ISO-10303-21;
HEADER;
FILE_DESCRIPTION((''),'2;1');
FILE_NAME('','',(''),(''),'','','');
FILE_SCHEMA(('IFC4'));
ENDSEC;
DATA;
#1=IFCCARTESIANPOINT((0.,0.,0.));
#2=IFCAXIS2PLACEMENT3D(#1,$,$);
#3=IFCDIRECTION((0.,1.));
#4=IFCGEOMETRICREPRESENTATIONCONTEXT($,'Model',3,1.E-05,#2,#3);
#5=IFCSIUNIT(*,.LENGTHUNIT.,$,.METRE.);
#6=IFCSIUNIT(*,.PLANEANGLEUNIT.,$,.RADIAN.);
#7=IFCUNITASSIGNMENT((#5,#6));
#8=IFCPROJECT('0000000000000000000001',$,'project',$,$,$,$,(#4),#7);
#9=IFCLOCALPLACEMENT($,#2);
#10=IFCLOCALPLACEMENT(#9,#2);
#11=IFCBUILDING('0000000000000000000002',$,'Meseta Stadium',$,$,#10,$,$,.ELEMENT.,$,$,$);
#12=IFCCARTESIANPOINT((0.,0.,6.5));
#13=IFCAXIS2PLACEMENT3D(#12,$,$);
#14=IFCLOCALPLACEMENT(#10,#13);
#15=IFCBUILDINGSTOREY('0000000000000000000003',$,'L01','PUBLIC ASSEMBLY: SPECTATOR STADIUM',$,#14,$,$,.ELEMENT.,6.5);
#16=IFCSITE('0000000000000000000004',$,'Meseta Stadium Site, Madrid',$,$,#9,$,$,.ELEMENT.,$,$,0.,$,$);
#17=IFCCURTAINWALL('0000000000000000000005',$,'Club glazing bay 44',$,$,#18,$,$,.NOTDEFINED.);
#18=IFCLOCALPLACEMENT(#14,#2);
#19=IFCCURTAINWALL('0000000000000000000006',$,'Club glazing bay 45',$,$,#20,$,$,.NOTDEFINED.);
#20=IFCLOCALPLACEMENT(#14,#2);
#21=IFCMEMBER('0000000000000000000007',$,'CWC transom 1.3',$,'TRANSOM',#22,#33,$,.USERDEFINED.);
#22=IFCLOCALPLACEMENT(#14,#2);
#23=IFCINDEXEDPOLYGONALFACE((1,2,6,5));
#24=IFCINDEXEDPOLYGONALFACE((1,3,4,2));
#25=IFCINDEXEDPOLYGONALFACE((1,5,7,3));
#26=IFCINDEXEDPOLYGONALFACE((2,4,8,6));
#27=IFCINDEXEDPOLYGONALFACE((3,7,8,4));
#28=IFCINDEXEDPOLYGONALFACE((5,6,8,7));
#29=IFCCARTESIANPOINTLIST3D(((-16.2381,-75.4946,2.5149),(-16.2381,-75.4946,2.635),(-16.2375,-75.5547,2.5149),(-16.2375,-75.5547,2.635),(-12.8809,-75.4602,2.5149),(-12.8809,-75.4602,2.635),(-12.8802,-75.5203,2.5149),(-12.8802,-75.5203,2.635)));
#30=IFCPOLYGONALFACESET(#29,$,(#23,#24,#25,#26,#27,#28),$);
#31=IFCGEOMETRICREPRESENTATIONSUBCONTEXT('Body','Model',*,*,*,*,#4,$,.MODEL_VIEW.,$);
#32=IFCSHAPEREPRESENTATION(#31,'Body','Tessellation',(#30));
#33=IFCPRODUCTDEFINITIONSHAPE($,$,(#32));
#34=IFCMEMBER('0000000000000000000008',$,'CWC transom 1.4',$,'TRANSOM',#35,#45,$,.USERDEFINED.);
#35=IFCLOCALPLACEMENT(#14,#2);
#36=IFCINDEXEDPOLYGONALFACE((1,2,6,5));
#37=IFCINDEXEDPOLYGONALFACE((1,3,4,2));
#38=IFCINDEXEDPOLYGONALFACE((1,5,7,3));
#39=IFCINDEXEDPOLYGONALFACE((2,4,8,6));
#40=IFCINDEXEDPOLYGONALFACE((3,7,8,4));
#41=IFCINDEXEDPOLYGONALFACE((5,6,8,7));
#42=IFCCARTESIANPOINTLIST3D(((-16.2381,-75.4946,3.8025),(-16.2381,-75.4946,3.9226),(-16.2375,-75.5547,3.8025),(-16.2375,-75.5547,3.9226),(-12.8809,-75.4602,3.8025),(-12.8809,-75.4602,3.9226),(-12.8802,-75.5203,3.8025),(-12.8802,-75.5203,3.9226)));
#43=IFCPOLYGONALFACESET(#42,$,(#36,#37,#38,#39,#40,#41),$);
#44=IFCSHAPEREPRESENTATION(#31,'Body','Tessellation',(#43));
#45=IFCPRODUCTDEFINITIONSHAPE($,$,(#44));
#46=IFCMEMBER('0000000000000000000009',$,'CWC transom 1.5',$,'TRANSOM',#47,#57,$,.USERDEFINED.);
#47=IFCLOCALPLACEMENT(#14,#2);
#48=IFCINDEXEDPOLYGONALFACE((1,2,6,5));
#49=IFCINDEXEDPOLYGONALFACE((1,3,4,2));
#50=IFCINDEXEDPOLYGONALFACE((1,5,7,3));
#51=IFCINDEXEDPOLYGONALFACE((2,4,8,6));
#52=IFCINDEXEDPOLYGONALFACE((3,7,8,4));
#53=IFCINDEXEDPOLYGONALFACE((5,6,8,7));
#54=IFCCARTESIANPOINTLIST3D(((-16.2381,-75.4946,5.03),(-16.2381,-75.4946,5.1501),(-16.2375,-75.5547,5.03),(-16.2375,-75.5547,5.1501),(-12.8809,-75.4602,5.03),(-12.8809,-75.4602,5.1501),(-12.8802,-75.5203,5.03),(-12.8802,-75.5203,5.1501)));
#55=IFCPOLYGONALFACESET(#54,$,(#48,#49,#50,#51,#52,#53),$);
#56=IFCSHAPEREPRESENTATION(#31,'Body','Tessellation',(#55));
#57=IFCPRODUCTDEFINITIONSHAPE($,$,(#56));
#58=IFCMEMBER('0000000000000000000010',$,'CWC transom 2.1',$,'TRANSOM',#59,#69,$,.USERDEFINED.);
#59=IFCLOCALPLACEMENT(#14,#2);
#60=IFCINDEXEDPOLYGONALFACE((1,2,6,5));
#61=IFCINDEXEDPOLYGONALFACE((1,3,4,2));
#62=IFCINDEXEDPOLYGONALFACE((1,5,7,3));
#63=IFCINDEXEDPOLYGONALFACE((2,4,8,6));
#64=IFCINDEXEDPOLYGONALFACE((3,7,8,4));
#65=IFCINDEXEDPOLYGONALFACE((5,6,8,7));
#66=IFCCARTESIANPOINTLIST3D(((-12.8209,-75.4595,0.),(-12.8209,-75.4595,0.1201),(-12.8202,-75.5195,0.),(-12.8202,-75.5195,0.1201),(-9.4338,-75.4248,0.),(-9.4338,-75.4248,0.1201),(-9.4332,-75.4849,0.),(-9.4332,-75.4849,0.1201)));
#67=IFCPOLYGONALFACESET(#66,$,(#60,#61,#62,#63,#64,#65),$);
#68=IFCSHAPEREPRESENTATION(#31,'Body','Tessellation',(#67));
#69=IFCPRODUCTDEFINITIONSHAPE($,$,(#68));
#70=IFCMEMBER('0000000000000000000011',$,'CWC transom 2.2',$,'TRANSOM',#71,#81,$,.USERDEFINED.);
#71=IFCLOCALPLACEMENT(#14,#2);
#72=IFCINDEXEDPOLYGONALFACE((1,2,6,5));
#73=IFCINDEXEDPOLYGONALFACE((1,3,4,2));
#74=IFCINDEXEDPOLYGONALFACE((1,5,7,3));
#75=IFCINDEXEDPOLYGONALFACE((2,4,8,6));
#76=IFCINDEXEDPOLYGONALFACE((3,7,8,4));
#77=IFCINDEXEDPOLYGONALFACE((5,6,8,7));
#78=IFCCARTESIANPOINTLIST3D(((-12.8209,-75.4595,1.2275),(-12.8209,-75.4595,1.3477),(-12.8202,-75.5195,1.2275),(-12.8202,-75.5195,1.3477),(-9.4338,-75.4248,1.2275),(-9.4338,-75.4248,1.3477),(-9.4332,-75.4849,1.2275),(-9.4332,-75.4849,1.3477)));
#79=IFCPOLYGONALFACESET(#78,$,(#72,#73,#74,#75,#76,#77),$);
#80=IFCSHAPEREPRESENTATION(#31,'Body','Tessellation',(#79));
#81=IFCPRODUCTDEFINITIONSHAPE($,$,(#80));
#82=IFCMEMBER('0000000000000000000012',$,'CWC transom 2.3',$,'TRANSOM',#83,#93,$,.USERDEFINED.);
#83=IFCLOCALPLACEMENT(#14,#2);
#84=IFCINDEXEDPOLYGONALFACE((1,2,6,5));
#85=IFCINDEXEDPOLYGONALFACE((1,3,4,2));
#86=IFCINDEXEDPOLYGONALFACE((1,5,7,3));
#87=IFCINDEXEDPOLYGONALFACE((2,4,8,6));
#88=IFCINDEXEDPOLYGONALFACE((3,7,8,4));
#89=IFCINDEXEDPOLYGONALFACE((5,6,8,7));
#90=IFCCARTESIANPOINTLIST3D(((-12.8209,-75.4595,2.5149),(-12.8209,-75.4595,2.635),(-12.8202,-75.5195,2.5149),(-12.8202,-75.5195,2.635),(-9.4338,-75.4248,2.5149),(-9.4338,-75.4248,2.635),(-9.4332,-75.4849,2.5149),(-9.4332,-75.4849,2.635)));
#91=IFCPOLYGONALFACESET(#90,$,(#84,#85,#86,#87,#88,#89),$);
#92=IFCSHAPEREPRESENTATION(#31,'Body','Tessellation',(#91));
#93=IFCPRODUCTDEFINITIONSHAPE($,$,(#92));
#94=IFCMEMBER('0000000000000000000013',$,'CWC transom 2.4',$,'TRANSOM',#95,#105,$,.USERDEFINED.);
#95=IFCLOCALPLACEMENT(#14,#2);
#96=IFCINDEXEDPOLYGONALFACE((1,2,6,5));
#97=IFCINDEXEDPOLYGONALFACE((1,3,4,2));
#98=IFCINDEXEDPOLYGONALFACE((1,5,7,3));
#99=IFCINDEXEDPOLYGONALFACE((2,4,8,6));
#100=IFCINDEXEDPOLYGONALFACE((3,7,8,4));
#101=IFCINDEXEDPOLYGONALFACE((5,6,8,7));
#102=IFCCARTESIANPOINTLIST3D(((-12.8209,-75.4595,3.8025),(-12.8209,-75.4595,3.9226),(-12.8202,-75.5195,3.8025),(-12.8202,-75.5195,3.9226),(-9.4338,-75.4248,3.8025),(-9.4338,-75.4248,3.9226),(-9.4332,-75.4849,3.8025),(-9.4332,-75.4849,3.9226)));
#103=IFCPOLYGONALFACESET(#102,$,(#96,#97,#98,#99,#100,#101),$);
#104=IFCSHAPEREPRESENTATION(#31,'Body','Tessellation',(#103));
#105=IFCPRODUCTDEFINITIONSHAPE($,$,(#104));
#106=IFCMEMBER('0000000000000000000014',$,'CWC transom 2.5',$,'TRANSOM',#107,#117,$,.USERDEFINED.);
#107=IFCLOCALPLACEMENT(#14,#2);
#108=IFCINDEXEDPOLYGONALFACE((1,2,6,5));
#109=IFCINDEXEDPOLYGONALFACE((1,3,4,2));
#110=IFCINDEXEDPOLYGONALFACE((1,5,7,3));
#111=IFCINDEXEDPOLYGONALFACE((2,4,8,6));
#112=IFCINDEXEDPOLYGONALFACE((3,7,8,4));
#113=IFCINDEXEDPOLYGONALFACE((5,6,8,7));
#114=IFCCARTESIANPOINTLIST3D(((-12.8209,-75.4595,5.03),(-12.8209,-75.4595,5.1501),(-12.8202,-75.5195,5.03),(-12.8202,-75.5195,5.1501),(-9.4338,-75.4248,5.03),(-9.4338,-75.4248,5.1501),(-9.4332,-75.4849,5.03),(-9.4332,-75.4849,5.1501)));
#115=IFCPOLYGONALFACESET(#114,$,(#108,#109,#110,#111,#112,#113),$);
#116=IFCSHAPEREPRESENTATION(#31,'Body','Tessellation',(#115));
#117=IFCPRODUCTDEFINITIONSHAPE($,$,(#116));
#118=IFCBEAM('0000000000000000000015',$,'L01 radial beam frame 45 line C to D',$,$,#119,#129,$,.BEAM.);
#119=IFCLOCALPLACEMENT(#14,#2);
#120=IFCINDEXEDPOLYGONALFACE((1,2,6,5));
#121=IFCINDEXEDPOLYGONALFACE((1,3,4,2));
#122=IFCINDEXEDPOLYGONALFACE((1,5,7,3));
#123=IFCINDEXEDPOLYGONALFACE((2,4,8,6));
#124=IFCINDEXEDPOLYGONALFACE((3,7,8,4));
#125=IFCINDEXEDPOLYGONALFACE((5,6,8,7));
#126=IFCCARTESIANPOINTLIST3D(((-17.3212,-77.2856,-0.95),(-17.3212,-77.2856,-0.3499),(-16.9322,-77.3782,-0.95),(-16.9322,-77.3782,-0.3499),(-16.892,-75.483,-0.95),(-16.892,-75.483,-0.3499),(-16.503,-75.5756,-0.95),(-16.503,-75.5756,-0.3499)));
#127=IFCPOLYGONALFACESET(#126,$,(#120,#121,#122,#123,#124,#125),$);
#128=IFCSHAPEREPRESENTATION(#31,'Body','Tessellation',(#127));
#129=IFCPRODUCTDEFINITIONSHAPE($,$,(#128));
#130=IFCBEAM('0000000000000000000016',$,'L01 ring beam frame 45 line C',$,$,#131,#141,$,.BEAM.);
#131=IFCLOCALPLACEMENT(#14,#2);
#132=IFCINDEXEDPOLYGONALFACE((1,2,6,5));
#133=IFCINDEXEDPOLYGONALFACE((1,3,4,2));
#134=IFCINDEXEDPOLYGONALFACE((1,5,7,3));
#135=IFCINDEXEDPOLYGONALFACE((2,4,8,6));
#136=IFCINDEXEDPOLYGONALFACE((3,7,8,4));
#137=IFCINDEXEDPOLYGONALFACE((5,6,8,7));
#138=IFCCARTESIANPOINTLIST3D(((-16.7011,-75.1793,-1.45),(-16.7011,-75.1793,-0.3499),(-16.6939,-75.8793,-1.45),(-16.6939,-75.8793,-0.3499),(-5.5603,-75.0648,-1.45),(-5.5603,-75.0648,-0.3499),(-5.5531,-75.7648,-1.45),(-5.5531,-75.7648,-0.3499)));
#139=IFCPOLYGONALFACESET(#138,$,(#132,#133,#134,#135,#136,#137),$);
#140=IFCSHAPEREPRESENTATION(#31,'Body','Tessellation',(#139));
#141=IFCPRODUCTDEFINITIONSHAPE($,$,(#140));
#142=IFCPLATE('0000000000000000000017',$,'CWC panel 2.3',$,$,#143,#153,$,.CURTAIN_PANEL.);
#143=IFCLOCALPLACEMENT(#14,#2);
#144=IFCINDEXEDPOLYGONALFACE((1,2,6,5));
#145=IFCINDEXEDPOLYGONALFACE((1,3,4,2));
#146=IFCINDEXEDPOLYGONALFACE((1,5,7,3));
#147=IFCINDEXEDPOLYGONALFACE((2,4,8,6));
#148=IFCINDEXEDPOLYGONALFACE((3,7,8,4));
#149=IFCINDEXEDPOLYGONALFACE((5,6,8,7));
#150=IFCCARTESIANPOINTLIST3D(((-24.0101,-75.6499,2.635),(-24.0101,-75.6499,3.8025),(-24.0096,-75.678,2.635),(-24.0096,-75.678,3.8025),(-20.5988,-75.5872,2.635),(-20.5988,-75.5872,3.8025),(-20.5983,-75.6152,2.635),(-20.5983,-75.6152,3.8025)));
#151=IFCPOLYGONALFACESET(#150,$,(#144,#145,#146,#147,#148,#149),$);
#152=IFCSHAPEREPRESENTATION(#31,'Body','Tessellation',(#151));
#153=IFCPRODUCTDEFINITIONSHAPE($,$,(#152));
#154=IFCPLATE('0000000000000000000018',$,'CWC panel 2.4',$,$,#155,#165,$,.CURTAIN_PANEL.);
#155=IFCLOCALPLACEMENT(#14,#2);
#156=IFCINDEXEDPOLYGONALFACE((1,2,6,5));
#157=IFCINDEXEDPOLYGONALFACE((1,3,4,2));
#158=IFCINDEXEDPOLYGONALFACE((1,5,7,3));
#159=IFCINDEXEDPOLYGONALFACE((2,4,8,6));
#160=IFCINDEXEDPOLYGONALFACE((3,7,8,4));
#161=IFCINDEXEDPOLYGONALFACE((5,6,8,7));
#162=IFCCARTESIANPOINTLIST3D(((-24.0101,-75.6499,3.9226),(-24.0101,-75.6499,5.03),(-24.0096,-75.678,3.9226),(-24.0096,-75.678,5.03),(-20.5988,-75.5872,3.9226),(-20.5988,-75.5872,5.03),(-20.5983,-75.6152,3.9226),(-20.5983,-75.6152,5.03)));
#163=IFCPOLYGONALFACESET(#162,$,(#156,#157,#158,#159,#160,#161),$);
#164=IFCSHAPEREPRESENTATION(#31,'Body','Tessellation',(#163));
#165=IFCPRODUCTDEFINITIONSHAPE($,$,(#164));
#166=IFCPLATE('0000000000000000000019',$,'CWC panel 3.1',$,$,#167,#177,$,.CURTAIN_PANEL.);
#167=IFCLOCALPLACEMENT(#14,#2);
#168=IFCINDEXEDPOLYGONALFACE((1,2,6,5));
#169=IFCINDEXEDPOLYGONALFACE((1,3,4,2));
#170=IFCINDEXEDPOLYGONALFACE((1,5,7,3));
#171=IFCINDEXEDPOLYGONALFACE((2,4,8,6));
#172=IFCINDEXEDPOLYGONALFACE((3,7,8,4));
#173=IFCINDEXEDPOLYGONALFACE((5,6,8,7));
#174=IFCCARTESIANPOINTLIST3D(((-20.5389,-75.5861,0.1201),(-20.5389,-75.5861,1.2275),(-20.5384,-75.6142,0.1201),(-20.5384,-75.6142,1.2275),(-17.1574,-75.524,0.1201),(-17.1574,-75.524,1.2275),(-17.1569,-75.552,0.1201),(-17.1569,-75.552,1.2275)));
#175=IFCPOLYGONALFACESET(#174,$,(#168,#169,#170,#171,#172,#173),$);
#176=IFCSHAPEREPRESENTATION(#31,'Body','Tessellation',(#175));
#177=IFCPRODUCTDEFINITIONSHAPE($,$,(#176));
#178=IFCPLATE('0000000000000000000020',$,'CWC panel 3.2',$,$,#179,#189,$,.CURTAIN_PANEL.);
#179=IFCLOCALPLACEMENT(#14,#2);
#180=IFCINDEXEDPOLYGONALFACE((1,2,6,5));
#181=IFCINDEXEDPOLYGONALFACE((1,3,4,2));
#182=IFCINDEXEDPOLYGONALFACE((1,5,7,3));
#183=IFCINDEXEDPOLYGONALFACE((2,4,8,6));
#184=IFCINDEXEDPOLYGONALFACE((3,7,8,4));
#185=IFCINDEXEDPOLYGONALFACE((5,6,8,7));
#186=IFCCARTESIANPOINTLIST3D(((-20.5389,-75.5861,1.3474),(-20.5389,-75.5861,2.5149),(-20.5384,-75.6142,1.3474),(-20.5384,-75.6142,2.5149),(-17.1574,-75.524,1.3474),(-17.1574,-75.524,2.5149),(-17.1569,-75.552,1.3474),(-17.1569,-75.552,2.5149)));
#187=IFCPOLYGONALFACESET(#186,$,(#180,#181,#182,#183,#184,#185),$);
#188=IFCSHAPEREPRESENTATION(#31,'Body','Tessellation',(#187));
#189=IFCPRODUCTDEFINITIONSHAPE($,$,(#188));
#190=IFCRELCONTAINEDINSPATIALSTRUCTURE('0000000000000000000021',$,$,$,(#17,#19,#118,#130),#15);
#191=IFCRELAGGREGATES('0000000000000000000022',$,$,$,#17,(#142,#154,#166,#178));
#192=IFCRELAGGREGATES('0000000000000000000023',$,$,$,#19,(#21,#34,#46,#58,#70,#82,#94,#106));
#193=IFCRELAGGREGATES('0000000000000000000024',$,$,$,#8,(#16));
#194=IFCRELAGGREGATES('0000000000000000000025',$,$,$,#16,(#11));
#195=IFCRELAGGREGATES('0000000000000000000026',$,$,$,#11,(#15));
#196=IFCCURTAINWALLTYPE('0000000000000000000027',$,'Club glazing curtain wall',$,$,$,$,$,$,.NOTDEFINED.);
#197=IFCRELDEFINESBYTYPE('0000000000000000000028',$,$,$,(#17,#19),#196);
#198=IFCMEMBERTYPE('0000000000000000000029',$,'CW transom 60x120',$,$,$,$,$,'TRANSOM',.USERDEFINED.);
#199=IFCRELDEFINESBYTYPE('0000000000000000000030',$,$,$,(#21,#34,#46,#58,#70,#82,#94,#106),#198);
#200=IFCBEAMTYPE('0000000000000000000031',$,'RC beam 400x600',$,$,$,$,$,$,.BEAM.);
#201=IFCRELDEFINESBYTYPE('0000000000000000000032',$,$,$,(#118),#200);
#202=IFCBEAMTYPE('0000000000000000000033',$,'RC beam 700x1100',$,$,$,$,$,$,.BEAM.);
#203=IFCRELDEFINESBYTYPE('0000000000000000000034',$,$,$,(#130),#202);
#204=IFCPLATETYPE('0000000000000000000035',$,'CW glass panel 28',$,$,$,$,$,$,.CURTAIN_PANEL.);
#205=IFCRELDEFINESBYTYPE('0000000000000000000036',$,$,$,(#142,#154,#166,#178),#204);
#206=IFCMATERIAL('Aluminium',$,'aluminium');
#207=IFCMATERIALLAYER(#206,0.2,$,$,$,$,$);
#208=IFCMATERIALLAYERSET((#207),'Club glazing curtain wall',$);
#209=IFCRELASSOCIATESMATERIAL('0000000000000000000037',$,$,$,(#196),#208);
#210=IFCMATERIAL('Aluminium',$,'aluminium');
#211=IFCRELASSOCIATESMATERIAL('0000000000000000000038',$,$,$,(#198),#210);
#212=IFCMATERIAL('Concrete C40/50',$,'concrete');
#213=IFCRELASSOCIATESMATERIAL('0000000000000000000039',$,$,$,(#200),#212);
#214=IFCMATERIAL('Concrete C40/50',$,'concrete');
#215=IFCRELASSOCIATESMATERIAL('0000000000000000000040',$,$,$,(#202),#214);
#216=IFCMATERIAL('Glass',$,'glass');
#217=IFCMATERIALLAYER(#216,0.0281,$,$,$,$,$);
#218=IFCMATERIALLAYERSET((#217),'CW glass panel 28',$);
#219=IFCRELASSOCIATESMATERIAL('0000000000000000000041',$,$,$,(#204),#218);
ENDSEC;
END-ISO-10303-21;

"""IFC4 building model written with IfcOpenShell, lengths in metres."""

from ifc_helpers import new_model, si_unit, direction, frame, origin, origin_2d, place, context, subcontext, project, spatial, rectangle, extrude, material, layer, layer_set, material_profile, profile_set, type_object, element, aggregate, save


model = new_model("IFC4")

# Units and contexts
model_context = context("Model", 3, precision=1e-05, world=origin(), true_north=direction((0.0, 1.0)))
body_context = subcontext(model_context, "Body", "Model", "MODEL_VIEW")
ifc_project = project(units=[si_unit("LENGTHUNIT", "METRE"), si_unit("PLANEANGLEUNIT", "RADIAN")], contexts=[model_context])

# Site, building, storey
site_placement = place(None, origin())
site = spatial("IfcSite", under=ifc_project, at=site_placement, Name="Meseta Stadium Site, Madrid", CompositionType="ELEMENT", RefElevation=0.0)
building_placement = place(site_placement, origin())
building = spatial("IfcBuilding", under=site, at=building_placement, Name="Meseta Stadium", CompositionType="ELEMENT")
storey_placement = place(building_placement, frame((0.0, 0.0, 6.5)))
storey = spatial("IfcBuildingStorey", under=building, at=storey_placement, Name="L01", Description="PUBLIC ASSEMBLY: SPECTATOR STADIUM", CompositionType="ELEMENT", Elevation=6.5)

# Curtain walls
ifc_material_1 = material(Name="Aluminium", Category="aluminium")
ifc_layer_1 = layer(ifc_material_1, 0.2)
ifc_layer_set_1 = layer_set([ifc_layer_1], Name="Club glazing curtain wall")
curtain_wall_type = type_object("IfcCurtainWallType", Name="Club glazing curtain wall", PredefinedType="NOTDEFINED", material=ifc_layer_set_1)
curtain_wall_1_placement = place(storey_placement, origin())
curtain_wall_1 = element("IfcCurtainWall", 1, at=curtain_wall_1_placement, inside=storey, type_object=curtain_wall_type, Name="Club glazing bay 44", PredefinedType="NOTDEFINED")
curtain_wall_2_placement = place(storey_placement, origin())
curtain_wall_2 = element("IfcCurtainWall", 2, at=curtain_wall_2_placement, inside=storey, type_object=curtain_wall_type, Name="Club glazing bay 45", PredefinedType="NOTDEFINED")

# Members
ifc_material_2 = material(Name="Aluminium", Category="aluminium")
ifc_material_profile_1 = material_profile(ifc_material_2, rectangle(XDim=0.0601, YDim=0.1201, at=origin_2d()), Name="CW 60x120")
ifc_profile_set_1 = profile_set([ifc_material_profile_1], Name="Aluminium")
member_type_1 = type_object("IfcMemberType", Name="CW transom 60x120", ElementType="TRANSOM", PredefinedType="USERDEFINED", material=ifc_profile_set_1)
member_1_placement = place(storey_placement, frame((-16.2378, -75.5247, 2.575), z_axis=(0.999947, 0.010253, 0.0), x_axis=(-0.010253, 0.999947, 0.0)))
member_1 = element("IfcMember", 3, at=member_1_placement, type_object=member_type_1, Name="CWC transom 1.3", ObjectType="TRANSOM", PredefinedType="USERDEFINED", context=body_context, shape_type="SweptSolid", body=[
    extrude(rectangle(XDim=0.0601, YDim=0.1201, at=origin_2d()), origin(), (0.0, 0.0, 1.0), 3.3574),
])
member_2_placement = place(storey_placement, frame((-16.2378, -75.5247, 3.8625), z_axis=(0.999947, 0.010253, 0.0), x_axis=(-0.010253, 0.999947, 0.0)))
member_2 = element("IfcMember", 4, at=member_2_placement, type_object=member_type_1, Name="CWC transom 1.4", ObjectType="TRANSOM", PredefinedType="USERDEFINED", context=body_context, shape_type="SweptSolid", body=[
    extrude(rectangle(XDim=0.0601, YDim=0.1201, at=origin_2d()), origin(), (0.0, 0.0, 1.0), 3.3574),
])
member_3_placement = place(storey_placement, frame((-16.2378, -75.5247, 5.0901), z_axis=(0.999947, 0.010253, 0.0), x_axis=(-0.010253, 0.999947, 0.0)))
member_3 = element("IfcMember", 5, at=member_3_placement, type_object=member_type_1, Name="CWC transom 1.5", ObjectType="TRANSOM", PredefinedType="USERDEFINED", context=body_context, shape_type="SweptSolid", body=[
    extrude(rectangle(XDim=0.0601, YDim=0.1201, at=origin_2d()), origin(), (0.0, 0.0, 1.0), 3.3574),
])
member_4_placement = place(storey_placement, frame((-12.8206, -75.4895, 0.0601), z_axis=(0.999948, 0.010235, 0.0), x_axis=(-0.010235, 0.999948, 0.0)))
member_4 = element("IfcMember", 6, at=member_4_placement, type_object=member_type_1, Name="CWC transom 2.1", ObjectType="TRANSOM", PredefinedType="USERDEFINED", context=body_context, shape_type="SweptSolid", body=[
    extrude(rectangle(XDim=0.0601, YDim=0.1201, at=origin_2d()), origin(), (0.0, 0.0, 1.0), 3.3872),
])
member_5_placement = place(storey_placement, frame((-12.8206, -75.4895, 1.2876), z_axis=(0.999948, 0.010235, 0.0), x_axis=(-0.010235, 0.999948, 0.0)))
member_5 = element("IfcMember", 7, at=member_5_placement, type_object=member_type_1, Name="CWC transom 2.2", ObjectType="TRANSOM", PredefinedType="USERDEFINED", context=body_context, shape_type="SweptSolid", body=[
    extrude(rectangle(XDim=0.0601, YDim=0.1201, at=origin_2d()), origin(), (0.0, 0.0, 1.0), 3.3872),
])
member_6_placement = place(storey_placement, frame((-12.8206, -75.4895, 2.575), z_axis=(0.999948, 0.010235, 0.0), x_axis=(-0.010235, 0.999948, 0.0)))
member_6 = element("IfcMember", 8, at=member_6_placement, type_object=member_type_1, Name="CWC transom 2.3", ObjectType="TRANSOM", PredefinedType="USERDEFINED", context=body_context, shape_type="SweptSolid", body=[
    extrude(rectangle(XDim=0.0601, YDim=0.1201, at=origin_2d()), origin(), (0.0, 0.0, 1.0), 3.3872),
])
member_7_placement = place(storey_placement, frame((-12.8206, -75.4895, 3.8625), z_axis=(0.999948, 0.010235, 0.0), x_axis=(-0.010235, 0.999948, 0.0)))
member_7 = element("IfcMember", 9, at=member_7_placement, type_object=member_type_1, Name="CWC transom 2.4", ObjectType="TRANSOM", PredefinedType="USERDEFINED", context=body_context, shape_type="SweptSolid", body=[
    extrude(rectangle(XDim=0.0601, YDim=0.1201, at=origin_2d()), origin(), (0.0, 0.0, 1.0), 3.3872),
])
member_8_placement = place(storey_placement, frame((-12.8206, -75.4895, 5.0901), z_axis=(0.999948, 0.010235, 0.0), x_axis=(-0.010235, 0.999948, 0.0)))
member_8 = element("IfcMember", 10, at=member_8_placement, type_object=member_type_1, Name="CWC transom 2.5", ObjectType="TRANSOM", PredefinedType="USERDEFINED", context=body_context, shape_type="SweptSolid", body=[
    extrude(rectangle(XDim=0.0601, YDim=0.1201, at=origin_2d()), origin(), (0.0, 0.0, 1.0), 3.3872),
])

# Beams
ifc_material_3 = material(Name="Concrete C40/50", Category="concrete")
ifc_material_profile_2 = material_profile(ifc_material_3, rectangle(XDim=0.3999, YDim=0.6001, at=origin_2d()), Name="RC 400x600")
ifc_profile_set_2 = profile_set([ifc_material_profile_2], Name="Concrete C40/50")
beam_type_1 = type_object("IfcBeamType", Name="RC beam 400x600", PredefinedType="BEAM", material=ifc_profile_set_2)
beam_1_placement = place(storey_placement, frame((-16.6975, -75.5293, -0.6499), z_axis=(-0.231609, -0.972809, 0.0), x_axis=(0.972809, -0.231609, 0.0)))
element("IfcBeam", 11, at=beam_1_placement, inside=storey, type_object=beam_type_1, Name="L01 radial beam frame 45 line C to D", PredefinedType="BEAM", context=body_context, shape_type="SweptSolid", body=[
    extrude(rectangle(XDim=0.3999, YDim=0.6001, at=origin_2d()), origin(), (0.0, 0.0, 1.0), 1.853),
])
ifc_material_4 = material(Name="Concrete C40/50", Category="concrete")
ifc_material_profile_3 = material_profile(ifc_material_4, rectangle(XDim=0.7, YDim=1.1001, at=origin_2d()), Name="RC 700x1100")
ifc_profile_set_3 = profile_set([ifc_material_profile_3], Name="Concrete C40/50")
beam_type_2 = type_object("IfcBeamType", Name="RC beam 700x1100", PredefinedType="BEAM", material=ifc_profile_set_3)
beam_2_placement = place(storey_placement, frame((-16.6975, -75.5293, -0.8999), z_axis=(0.999947, 0.010277, 0.0), x_axis=(-0.010277, 0.999947, 0.0)))
element("IfcBeam", 12, at=beam_2_placement, inside=storey, type_object=beam_type_2, Name="L01 ring beam frame 45 line C", PredefinedType="BEAM", context=body_context, shape_type="SweptSolid", body=[
    extrude(rectangle(XDim=0.7, YDim=1.1001, at=origin_2d()), origin(), (0.0, 0.0, 1.0), 11.1414),
])

# Plates
ifc_material_5 = material(Name="Glass", Category="glass")
ifc_layer_2 = layer(ifc_material_5, 0.0281)
ifc_layer_set_2 = layer_set([ifc_layer_2], Name="CW glass panel 28")
plate_type = type_object("IfcPlateType", Name="CW glass panel 28", PredefinedType="CURTAIN_PANEL", material=ifc_layer_set_2)
plate_1_placement = place(storey_placement, frame((-22.3042, -75.6326, 2.635), z_axis=(0.0, 0.0, 1.0), x_axis=(0.999831, 0.018384, 0.0)))
plate_1 = element("IfcPlate", 13, at=plate_1_placement, type_object=plate_type, Name="CWC panel 2.3", PredefinedType="CURTAIN_PANEL", context=body_context, shape_type="SweptSolid", body=[
    extrude(rectangle(XDim=3.4119, YDim=0.0281, at=origin_2d()), origin(), (0.0, 0.0, 1.0), 1.1675),
])
plate_2_placement = place(storey_placement, frame((-22.3042, -75.6326, 3.9226), z_axis=(0.0, 0.0, 1.0), x_axis=(0.999831, 0.018384, 0.0)))
plate_2 = element("IfcPlate", 14, at=plate_2_placement, type_object=plate_type, Name="CWC panel 2.4", PredefinedType="CURTAIN_PANEL", context=body_context, shape_type="SweptSolid", body=[
    extrude(rectangle(XDim=3.4119, YDim=0.0281, at=origin_2d()), origin(), (0.0, 0.0, 1.0), 1.1074),
])
plate_3_placement = place(storey_placement, frame((-18.8479, -75.5691, 0.1201), z_axis=(0.0, 0.0, 1.0), x_axis=(0.999831, 0.018384, 0.0)))
plate_3 = element("IfcPlate", 15, at=plate_3_placement, type_object=plate_type, Name="CWC panel 3.1", PredefinedType="CURTAIN_PANEL", context=body_context, shape_type="SweptSolid", body=[
    extrude(rectangle(XDim=3.3821, YDim=0.0281, at=origin_2d()), origin(), (0.0, 0.0, 1.0), 1.1074),
])
plate_4_placement = place(storey_placement, frame((-18.8479, -75.5691, 1.3474), z_axis=(0.0, 0.0, 1.0), x_axis=(0.999831, 0.018384, 0.0)))
plate_4 = element("IfcPlate", 16, at=plate_4_placement, type_object=plate_type, Name="CWC panel 3.2", PredefinedType="CURTAIN_PANEL", context=body_context, shape_type="SweptSolid", body=[
    extrude(rectangle(XDim=3.3821, YDim=0.0281, at=origin_2d()), origin(), (0.0, 0.0, 1.0), 1.1675),
])
aggregate(curtain_wall_1, [plate_1, plate_2, plate_3, plate_4])
aggregate(curtain_wall_2, [member_1, member_2, member_3, member_4, member_5, member_6, member_7, member_8])

save(model, "model.ifc")
